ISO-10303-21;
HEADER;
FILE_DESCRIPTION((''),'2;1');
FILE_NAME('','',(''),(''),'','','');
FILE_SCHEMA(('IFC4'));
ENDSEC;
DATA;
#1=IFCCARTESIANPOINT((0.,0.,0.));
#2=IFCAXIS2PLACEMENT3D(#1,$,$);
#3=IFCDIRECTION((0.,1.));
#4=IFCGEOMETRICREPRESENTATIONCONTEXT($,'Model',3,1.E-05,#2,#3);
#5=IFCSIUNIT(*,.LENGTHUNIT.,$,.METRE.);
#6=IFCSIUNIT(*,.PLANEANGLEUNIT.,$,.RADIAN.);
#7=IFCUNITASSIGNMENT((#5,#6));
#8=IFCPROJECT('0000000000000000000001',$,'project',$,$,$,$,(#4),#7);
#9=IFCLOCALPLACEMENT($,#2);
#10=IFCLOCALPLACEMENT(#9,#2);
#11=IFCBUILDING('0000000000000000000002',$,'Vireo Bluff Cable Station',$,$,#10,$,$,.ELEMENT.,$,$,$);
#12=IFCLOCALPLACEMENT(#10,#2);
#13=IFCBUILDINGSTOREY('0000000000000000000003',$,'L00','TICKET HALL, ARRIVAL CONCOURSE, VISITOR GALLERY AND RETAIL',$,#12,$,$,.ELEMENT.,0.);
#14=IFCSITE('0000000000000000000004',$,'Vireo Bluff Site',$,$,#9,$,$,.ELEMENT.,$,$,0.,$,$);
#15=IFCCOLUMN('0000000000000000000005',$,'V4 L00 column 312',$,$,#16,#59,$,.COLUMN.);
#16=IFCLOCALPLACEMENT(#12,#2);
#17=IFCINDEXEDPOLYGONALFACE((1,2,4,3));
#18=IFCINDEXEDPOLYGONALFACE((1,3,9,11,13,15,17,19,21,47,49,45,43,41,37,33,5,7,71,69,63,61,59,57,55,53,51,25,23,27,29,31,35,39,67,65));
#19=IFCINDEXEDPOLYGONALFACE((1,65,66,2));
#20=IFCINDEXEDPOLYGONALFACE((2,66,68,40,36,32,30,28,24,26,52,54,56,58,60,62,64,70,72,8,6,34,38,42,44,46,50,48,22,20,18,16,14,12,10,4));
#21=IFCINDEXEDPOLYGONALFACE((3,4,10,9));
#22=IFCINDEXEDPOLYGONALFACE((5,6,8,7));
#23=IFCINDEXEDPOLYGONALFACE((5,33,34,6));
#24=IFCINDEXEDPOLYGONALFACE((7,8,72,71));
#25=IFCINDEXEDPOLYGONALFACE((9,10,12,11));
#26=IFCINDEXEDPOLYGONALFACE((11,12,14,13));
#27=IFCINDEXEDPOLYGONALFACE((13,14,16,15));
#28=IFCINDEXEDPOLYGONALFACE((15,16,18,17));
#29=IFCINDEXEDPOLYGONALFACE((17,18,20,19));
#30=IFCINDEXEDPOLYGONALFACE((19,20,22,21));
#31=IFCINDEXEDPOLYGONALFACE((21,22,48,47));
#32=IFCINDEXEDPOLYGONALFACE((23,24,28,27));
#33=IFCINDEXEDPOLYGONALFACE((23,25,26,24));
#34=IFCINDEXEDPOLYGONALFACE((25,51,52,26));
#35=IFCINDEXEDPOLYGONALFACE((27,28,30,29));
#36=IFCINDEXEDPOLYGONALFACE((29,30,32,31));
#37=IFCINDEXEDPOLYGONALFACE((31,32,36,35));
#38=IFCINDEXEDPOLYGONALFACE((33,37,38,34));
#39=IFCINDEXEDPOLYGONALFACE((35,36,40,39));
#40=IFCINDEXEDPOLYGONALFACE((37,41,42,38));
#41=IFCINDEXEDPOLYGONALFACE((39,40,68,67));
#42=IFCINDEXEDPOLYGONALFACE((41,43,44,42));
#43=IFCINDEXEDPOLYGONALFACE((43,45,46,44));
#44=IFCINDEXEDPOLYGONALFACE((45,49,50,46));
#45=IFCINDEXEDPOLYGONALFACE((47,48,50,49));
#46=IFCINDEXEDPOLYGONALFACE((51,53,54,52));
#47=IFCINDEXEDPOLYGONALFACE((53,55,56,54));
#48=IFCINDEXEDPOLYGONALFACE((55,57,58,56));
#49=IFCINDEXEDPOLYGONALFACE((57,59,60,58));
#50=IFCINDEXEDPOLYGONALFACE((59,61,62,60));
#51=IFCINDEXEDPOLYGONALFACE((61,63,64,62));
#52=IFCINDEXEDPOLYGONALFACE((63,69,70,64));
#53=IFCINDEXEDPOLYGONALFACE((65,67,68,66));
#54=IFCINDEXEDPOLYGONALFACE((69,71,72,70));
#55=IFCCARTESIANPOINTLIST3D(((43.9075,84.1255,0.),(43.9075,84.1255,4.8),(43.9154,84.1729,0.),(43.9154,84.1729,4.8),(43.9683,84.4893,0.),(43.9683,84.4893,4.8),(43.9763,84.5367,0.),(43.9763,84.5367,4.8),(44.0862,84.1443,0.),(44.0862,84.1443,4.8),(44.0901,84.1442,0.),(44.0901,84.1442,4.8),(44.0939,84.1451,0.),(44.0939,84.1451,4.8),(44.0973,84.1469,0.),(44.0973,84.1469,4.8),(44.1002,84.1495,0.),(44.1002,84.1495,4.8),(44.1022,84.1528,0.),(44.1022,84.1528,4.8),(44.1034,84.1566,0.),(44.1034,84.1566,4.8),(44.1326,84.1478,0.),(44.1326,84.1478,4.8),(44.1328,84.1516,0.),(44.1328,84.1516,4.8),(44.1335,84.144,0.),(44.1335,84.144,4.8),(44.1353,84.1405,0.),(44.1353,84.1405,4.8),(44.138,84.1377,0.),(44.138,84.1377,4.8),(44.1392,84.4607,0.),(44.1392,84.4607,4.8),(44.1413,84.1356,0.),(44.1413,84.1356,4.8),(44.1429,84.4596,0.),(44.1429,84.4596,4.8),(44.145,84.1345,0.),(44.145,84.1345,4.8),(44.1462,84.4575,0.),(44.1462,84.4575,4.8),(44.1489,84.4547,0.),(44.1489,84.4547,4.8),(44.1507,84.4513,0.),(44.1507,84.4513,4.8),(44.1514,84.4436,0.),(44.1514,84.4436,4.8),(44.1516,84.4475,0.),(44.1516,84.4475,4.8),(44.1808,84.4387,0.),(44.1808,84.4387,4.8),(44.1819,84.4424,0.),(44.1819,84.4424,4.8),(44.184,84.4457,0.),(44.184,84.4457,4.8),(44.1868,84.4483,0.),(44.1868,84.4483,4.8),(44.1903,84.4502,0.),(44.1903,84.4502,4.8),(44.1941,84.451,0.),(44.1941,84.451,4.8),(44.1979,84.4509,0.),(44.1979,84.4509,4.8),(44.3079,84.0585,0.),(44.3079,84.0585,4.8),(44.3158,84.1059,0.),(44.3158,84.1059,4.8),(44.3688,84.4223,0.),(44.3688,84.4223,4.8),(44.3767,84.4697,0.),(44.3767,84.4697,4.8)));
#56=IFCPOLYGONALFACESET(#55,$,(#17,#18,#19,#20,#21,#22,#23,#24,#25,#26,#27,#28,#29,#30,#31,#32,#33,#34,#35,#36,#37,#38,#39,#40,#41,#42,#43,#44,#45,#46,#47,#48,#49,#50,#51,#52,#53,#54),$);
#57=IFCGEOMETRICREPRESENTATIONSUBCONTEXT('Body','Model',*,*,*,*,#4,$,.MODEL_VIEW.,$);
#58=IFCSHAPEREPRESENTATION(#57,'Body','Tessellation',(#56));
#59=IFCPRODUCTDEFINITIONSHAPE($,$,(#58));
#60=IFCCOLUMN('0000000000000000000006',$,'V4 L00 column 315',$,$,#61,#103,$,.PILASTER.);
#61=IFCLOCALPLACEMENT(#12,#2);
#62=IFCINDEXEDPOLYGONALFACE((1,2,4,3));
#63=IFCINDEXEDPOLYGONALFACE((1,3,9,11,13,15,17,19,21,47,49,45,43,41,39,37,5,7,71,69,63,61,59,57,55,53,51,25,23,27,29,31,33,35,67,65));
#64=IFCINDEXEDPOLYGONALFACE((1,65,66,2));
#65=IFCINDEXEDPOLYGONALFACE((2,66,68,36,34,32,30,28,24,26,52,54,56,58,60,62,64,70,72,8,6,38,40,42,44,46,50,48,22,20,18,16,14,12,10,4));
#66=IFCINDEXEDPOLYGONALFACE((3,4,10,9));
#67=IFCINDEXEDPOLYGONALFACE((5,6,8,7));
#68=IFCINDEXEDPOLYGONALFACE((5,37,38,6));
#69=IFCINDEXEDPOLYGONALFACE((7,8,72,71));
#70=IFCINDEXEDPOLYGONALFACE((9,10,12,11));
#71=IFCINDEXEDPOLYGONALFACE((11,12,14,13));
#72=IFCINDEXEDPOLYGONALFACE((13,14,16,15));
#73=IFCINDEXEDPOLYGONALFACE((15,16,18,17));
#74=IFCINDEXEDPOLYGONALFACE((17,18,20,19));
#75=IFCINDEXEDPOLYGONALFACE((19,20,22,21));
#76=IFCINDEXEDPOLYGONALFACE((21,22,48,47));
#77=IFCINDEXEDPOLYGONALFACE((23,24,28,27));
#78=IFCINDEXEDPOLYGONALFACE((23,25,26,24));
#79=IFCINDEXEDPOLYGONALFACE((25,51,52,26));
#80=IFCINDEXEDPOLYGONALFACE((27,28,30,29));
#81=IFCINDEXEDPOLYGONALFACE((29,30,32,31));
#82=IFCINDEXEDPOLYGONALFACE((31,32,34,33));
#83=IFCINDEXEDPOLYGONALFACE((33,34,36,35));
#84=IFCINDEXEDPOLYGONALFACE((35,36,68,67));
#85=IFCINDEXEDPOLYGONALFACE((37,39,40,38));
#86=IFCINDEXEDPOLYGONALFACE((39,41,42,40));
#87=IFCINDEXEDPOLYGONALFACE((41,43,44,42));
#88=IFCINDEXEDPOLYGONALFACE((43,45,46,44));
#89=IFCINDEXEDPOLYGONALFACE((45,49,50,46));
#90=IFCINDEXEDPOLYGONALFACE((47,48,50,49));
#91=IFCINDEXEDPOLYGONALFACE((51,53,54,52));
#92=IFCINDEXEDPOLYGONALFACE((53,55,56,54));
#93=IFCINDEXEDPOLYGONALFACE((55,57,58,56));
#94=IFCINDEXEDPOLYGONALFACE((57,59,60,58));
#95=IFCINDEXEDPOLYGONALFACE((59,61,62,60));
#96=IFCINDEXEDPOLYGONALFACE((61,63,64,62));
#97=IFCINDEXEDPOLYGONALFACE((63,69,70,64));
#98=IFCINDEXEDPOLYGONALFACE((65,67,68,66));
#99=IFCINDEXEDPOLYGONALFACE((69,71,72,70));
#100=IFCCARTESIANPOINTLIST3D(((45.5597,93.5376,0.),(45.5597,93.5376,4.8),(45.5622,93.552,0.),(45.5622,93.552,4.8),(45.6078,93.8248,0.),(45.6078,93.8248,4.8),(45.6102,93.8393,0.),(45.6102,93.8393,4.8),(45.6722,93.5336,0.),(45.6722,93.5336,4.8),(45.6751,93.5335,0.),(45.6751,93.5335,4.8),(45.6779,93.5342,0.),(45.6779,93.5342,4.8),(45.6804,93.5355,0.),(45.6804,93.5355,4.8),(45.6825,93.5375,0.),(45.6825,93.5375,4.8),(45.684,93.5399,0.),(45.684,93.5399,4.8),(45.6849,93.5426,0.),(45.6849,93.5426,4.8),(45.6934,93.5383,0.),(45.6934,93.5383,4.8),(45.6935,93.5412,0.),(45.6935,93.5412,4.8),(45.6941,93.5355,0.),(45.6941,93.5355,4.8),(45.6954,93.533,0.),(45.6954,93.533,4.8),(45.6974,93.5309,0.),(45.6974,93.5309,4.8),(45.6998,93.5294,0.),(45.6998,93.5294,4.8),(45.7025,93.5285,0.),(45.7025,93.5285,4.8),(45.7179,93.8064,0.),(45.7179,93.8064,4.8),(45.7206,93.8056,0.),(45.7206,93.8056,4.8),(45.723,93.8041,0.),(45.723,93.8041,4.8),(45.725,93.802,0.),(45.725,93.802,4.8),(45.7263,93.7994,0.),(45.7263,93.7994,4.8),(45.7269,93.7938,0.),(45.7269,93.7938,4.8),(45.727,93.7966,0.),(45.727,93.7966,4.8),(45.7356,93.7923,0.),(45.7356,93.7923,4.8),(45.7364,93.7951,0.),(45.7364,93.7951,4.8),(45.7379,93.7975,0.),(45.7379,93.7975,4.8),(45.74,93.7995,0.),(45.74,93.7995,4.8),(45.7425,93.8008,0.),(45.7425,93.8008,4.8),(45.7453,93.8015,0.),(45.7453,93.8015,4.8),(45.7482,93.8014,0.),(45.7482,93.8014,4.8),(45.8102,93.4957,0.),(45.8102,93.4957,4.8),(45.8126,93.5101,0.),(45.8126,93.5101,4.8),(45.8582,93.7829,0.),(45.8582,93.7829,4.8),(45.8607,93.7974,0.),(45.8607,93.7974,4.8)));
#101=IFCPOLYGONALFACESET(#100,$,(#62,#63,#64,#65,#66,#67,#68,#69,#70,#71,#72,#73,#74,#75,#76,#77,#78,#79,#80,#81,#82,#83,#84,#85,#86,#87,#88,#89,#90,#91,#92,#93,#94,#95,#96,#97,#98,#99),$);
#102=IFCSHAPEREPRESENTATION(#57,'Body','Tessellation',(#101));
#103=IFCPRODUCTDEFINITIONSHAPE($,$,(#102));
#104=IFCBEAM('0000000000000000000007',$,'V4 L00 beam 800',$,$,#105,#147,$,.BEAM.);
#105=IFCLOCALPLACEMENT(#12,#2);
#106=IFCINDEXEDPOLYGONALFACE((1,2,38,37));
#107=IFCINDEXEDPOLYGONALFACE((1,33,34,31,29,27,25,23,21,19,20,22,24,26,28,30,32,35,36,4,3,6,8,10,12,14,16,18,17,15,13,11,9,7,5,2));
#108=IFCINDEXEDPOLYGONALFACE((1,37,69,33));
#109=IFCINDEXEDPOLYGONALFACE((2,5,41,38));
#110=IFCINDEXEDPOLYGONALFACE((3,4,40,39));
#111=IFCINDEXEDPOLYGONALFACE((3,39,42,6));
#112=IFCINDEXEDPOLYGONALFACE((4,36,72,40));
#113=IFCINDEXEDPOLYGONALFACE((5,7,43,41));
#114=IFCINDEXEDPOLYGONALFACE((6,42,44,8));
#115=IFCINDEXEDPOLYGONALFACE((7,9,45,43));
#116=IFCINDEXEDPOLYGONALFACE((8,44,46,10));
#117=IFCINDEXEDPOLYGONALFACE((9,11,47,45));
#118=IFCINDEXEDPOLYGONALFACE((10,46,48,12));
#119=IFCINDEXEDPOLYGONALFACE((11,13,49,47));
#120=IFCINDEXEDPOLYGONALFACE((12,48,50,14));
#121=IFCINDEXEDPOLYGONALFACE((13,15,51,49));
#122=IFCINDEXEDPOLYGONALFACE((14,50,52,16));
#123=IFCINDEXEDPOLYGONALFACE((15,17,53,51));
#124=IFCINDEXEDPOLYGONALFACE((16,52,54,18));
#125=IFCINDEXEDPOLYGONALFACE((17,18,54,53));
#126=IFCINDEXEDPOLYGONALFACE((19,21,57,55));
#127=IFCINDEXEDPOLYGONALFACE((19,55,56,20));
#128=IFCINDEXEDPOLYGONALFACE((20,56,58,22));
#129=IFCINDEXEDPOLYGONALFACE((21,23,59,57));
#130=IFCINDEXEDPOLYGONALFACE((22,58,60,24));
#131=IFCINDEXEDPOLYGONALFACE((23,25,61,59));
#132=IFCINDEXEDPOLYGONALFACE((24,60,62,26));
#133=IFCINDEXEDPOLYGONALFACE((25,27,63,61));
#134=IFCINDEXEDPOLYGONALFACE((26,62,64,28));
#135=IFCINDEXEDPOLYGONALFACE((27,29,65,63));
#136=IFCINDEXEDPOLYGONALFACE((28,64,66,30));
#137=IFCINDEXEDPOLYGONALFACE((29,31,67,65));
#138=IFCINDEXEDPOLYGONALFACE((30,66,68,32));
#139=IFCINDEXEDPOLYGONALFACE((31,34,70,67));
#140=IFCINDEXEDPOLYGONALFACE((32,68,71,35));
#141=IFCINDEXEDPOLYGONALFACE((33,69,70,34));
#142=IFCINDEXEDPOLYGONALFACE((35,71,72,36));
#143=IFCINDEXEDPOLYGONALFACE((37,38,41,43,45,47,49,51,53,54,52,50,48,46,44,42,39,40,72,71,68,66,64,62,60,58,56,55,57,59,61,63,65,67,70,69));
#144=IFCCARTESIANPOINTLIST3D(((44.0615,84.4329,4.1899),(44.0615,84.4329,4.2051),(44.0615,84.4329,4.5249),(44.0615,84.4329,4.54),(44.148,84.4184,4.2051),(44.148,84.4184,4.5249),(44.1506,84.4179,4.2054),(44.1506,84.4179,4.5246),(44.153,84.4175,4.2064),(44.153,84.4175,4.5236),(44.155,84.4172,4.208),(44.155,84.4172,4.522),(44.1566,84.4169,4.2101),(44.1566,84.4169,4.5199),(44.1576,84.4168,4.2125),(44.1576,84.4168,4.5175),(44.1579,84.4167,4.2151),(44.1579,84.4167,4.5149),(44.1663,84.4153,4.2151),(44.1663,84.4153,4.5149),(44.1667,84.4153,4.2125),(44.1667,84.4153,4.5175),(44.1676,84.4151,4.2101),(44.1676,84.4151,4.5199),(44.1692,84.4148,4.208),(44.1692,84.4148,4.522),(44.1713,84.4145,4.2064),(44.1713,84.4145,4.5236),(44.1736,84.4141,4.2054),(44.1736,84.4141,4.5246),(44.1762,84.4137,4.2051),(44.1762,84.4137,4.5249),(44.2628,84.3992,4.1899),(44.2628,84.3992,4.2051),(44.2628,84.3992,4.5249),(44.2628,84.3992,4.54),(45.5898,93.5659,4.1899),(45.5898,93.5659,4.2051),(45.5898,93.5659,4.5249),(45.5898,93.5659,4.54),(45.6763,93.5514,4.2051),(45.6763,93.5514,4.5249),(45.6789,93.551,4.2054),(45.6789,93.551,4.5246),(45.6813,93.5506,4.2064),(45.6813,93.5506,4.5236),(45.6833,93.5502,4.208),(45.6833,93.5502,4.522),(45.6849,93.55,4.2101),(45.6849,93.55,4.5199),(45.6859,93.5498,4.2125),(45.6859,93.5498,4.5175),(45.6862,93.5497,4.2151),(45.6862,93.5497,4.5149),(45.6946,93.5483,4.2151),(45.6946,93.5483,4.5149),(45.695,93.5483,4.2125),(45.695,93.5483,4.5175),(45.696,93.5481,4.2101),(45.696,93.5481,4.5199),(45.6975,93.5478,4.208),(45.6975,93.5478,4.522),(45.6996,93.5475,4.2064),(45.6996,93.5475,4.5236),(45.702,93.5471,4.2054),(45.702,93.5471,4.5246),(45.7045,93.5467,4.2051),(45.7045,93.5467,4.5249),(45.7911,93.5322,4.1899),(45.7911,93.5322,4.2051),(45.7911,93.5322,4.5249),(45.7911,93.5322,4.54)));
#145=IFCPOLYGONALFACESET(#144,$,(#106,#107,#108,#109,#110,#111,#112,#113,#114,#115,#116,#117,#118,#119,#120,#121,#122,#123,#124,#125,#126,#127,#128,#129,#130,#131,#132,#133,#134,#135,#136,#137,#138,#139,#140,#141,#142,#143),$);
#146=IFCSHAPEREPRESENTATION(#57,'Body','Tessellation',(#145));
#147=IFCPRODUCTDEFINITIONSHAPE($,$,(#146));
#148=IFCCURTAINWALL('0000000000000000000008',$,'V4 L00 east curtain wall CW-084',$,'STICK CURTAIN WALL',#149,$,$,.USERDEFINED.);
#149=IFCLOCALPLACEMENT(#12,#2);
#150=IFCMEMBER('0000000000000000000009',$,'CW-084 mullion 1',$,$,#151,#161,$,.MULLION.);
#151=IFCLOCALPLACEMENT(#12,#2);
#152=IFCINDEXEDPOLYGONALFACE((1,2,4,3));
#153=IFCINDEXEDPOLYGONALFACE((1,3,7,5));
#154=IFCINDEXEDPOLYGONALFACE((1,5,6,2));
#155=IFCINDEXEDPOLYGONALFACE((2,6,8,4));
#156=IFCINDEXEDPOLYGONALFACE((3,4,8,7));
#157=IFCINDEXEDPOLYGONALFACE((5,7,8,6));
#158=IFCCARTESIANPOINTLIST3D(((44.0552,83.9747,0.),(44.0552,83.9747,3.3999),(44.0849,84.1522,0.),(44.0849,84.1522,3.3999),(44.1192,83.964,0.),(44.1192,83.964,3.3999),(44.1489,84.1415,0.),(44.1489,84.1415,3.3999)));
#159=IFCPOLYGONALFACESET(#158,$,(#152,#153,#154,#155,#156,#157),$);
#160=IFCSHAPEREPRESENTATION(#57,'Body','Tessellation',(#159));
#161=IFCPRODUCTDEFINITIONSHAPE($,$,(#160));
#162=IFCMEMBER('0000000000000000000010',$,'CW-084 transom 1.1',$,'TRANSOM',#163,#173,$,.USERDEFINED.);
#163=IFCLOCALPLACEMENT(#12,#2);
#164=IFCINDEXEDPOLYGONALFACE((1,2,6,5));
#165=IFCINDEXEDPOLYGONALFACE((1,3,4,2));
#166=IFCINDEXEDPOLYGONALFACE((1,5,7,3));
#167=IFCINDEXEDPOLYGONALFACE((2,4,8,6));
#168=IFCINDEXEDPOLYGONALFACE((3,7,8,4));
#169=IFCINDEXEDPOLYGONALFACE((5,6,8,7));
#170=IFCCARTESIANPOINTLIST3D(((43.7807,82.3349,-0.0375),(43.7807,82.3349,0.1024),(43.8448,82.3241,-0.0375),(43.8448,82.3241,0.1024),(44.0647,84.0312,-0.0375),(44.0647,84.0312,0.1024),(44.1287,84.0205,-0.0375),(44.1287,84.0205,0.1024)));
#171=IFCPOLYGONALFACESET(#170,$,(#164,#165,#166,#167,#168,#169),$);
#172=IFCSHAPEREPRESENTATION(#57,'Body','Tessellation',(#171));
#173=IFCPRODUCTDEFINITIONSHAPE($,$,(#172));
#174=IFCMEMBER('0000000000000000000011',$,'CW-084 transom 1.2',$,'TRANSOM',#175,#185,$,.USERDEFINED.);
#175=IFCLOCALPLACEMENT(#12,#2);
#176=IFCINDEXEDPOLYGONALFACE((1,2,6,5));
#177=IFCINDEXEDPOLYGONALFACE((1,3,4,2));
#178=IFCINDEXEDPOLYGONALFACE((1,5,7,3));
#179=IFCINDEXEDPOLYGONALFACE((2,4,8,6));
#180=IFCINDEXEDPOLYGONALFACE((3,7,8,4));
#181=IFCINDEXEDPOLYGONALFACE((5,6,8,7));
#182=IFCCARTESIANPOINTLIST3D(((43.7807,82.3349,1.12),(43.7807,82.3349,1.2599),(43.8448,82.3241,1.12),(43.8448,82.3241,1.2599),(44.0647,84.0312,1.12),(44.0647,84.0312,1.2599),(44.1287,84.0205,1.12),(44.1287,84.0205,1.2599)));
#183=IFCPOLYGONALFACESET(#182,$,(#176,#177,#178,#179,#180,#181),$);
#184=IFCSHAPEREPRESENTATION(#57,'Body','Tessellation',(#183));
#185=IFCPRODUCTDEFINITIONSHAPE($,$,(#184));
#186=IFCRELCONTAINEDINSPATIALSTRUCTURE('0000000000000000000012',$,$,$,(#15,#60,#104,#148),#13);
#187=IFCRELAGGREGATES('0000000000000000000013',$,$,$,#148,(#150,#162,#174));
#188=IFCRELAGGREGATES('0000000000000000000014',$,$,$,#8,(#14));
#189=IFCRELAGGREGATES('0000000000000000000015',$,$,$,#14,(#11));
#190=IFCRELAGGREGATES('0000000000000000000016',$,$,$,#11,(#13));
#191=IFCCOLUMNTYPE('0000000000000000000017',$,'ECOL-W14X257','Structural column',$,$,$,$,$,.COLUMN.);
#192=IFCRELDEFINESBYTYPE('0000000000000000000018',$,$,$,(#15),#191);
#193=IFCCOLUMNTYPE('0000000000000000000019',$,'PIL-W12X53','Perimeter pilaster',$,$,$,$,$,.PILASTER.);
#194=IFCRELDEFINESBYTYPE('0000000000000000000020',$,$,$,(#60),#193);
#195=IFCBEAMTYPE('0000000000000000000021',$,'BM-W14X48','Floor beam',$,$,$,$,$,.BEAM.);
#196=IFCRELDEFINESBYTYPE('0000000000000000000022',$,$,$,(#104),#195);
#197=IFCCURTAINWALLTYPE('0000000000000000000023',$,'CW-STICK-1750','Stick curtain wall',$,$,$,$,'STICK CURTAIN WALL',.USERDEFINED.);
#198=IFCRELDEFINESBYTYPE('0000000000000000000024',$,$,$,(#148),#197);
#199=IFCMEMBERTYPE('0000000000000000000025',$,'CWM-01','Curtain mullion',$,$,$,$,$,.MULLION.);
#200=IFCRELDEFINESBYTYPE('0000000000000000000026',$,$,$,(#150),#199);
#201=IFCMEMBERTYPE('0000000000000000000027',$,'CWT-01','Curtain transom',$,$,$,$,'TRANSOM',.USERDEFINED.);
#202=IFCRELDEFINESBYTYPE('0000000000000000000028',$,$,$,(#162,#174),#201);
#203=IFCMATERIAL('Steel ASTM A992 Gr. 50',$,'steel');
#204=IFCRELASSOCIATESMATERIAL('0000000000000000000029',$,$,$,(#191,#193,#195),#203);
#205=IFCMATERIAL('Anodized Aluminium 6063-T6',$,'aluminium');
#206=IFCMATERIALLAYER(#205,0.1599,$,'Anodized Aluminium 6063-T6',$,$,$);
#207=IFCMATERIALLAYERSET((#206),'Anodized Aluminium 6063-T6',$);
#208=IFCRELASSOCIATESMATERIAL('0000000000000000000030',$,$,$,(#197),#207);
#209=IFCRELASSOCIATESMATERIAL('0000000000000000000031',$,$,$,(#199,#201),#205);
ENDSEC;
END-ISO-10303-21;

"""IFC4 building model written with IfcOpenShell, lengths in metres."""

from ifc_helpers import new_model, si_unit, direction, frame, origin, origin_2d, place, context, subcontext, project, spatial, rectangle, i_section, extrude, material, layer, layer_set, material_profile, profile_set, type_object, element, aggregate, save


model = new_model("IFC4")

# Units and contexts
model_context = context("Model", 3, precision=1e-05, world=origin(), true_north=direction((0.0, 1.0)))
body_context = subcontext(model_context, "Body", "Model", "MODEL_VIEW")
ifc_project = project(units=[si_unit("LENGTHUNIT", "METRE"), si_unit("PLANEANGLEUNIT", "RADIAN")], contexts=[model_context])

# Site, building, storey
site_placement = place(None, origin())
site = spatial("IfcSite", under=ifc_project, at=site_placement, Name="Vireo Bluff Site", CompositionType="ELEMENT", RefElevation=0.0)
building_placement = place(site_placement, origin())
building = spatial("IfcBuilding", under=site, at=building_placement, Name="Vireo Bluff Cable Station", CompositionType="ELEMENT")
storey_placement = place(building_placement, origin())
storey = spatial("IfcBuildingStorey", under=building, at=storey_placement, Name="L00", Description="TICKET HALL, ARRIVAL CONCOURSE, VISITOR GALLERY AND RETAIL", CompositionType="ELEMENT", Elevation=0.0)

# Columns
ifc_material_1 = material(Name="Steel ASTM A992 Gr. 50", Category="steel")
ifc_material_profile_1 = material_profile(ifc_material_1, i_section(OverallWidth=0.406, OverallDepth=0.417, WebThickness=0.0298, FlangeThickness=0.0481, FilletRadius=0.0149, at=origin_2d()), Name="W14X257")
ifc_profile_set_1 = profile_set([ifc_material_profile_1], Name="Steel ASTM A992 Gr. 50")
column_type_1 = type_object("IfcColumnType", Name="ECOL-W14X257", Description="Structural column", PredefinedType="COLUMN", material=ifc_profile_set_1)
column_1_placement = place(storey_placement, frame((44.1421, 84.2976, 0.0), z_axis=(0.0, 0.0, 1.0), x_axis=(0.986286, -0.165048, 0.0)))
element("IfcColumn", 1, at=column_1_placement, inside=storey, type_object=column_type_1, Name="V4 L00 column 312", PredefinedType="COLUMN", context=body_context, shape_type="SweptSolid", body=[
    extrude(i_section(OverallWidth=0.406, OverallDepth=0.417, WebThickness=0.0298, FlangeThickness=0.0481, FilletRadius=0.0149, at=origin_2d()), origin(), (0.0, 0.0, 1.0), 4.8),
])
ifc_material_profile_2 = material_profile(ifc_material_1, i_section(OverallWidth=0.2539, OverallDepth=0.3059, WebThickness=0.0088, FlangeThickness=0.0146, FilletRadius=0.011, at=origin_2d()), Name="W12X53")
ifc_profile_set_2 = profile_set([ifc_material_profile_2], Name="Steel ASTM A992 Gr. 50")
column_type_2 = type_object("IfcColumnType", Name="PIL-W12X53", Description="Perimeter pilaster", PredefinedType="PILASTER", material=ifc_profile_set_2)
column_2_placement = place(storey_placement, frame((45.7102, 93.6675, 0.0), z_axis=(0.0, 0.0, 1.0), x_axis=(0.986286, -0.165048, 0.0)))
element("IfcColumn", 2, at=column_2_placement, inside=storey, type_object=column_type_2, Name="V4 L00 column 315", PredefinedType="PILASTER", context=body_context, shape_type="SweptSolid", body=[
    extrude(i_section(OverallWidth=0.2539, OverallDepth=0.3059, WebThickness=0.0088, FlangeThickness=0.0146, FilletRadius=0.011, at=origin_2d()), origin(), (0.0, 0.0, 1.0), 4.8),
])

# Beam
ifc_material_profile_3 = material_profile(ifc_material_1, i_section(OverallWidth=0.2041, OverallDepth=0.3501, WebThickness=0.0085, FlangeThickness=0.0151, FilletRadius=0.01, at=origin_2d()), Name="W14X48")
ifc_profile_set_3 = profile_set([ifc_material_profile_3], Name="Steel ASTM A992 Gr. 50")
beam_type_1 = type_object("IfcBeamType", Name="BM-W14X48", Description="Floor beam", PredefinedType="BEAM", material=ifc_profile_set_3)
beam_1_placement = place(storey_placement, frame((44.1621, 84.416, 4.365), z_axis=(0.165045, 0.986286, 0.0), x_axis=(-0.986286, 0.165045, 0.0)))
element("IfcBeam", 3, at=beam_1_placement, inside=storey, type_object=beam_type_1, Name="V4 L00 beam 800", PredefinedType="BEAM", context=body_context, shape_type="SweptSolid", body=[
    extrude(i_section(OverallWidth=0.2041, OverallDepth=0.3501, WebThickness=0.0085, FlangeThickness=0.0151, FilletRadius=0.01, at=origin_2d()), origin(), (0.0, 0.0, 1.0), 9.26),
])

# Curtain wall, members
ifc_material_2 = material(Name="Anodized Aluminium 6063-T6", Category="aluminium")
ifc_layer_1 = layer(ifc_material_2, 0.1599, Name="Anodized Aluminium 6063-T6")
ifc_layer_set_1 = layer_set([ifc_layer_1], Name="Anodized Aluminium 6063-T6")
curtain_wall_type = type_object("IfcCurtainWallType", Name="CW-STICK-1750", Description="Stick curtain wall", ElementType="STICK CURTAIN WALL", PredefinedType="USERDEFINED", material=ifc_layer_set_1)
curtain_wall_placement = place(storey_placement, origin())
curtain_wall = element("IfcCurtainWall", 4, at=curtain_wall_placement, inside=storey, type_object=curtain_wall_type, Name="V4 L00 east curtain wall CW-084", ObjectType="STICK CURTAIN WALL", PredefinedType="USERDEFINED")
ifc_material_profile_4 = material_profile(ifc_material_2, rectangle(XDim=0.0649, YDim=0.1799, at=origin_2d()), Name="ALU-M-65X180")
ifc_profile_set_4 = profile_set([ifc_material_profile_4], Name="Anodized Aluminium 6063-T6")
member_type_1 = type_object("IfcMemberType", Name="CWM-01", Description="Curtain mullion", PredefinedType="MULLION", material=ifc_profile_set_4)
member_1_placement = place(storey_placement, frame((44.1021, 84.0581, 0.0), z_axis=(0.0, 0.0, 1.0), x_axis=(0.986286, -0.165048, 0.0)))
member_1 = element("IfcMember", 5, at=member_1_placement, type_object=member_type_1, Name="CW-084 mullion 1", PredefinedType="MULLION", context=body_context, shape_type="SweptSolid", body=[
    extrude(rectangle(XDim=0.0649, YDim=0.1799, at=origin_2d()), origin(), (0.0, 0.0, 1.0), 3.3999),
])
ifc_material_profile_5 = material_profile(ifc_material_2, rectangle(XDim=0.0649, YDim=0.1399, at=origin_2d()), Name="ALU-T-65X140")
ifc_profile_set_5 = profile_set([ifc_material_profile_5], Name="Anodized Aluminium 6063-T6")
member_type_2 = type_object("IfcMemberType", Name="CWT-01", Description="Curtain transom", ElementType="TRANSOM", PredefinedType="USERDEFINED", material=ifc_profile_set_5)
member_2_placement = place(storey_placement, frame((44.0967, 84.0259, 0.0325), z_axis=(-0.16509, -0.986279, 0.0), x_axis=(0.986279, -0.16509, 0.0)))
member_2 = element("IfcMember", 6, at=member_2_placement, type_object=member_type_2, Name="CW-084 transom 1.1", ObjectType="TRANSOM", PredefinedType="USERDEFINED", context=body_context, shape_type="SweptSolid", body=[
    extrude(rectangle(XDim=0.0649, YDim=0.1399, at=origin_2d()), origin(), (0.0, 0.0, 1.0), 1.72),
])
member_3_placement = place(storey_placement, frame((44.0967, 84.0259, 1.1899), z_axis=(-0.16509, -0.986279, 0.0), x_axis=(0.986279, -0.16509, 0.0)))
member_3 = element("IfcMember", 7, at=member_3_placement, type_object=member_type_2, Name="CW-084 transom 1.2", ObjectType="TRANSOM", PredefinedType="USERDEFINED", context=body_context, shape_type="SweptSolid", body=[
    extrude(rectangle(XDim=0.0649, YDim=0.1399, at=origin_2d()), origin(), (0.0, 0.0, 1.0), 1.72),
])

aggregate(curtain_wall, [member_1, member_2, member_3])

save(model, "model.ifc")
